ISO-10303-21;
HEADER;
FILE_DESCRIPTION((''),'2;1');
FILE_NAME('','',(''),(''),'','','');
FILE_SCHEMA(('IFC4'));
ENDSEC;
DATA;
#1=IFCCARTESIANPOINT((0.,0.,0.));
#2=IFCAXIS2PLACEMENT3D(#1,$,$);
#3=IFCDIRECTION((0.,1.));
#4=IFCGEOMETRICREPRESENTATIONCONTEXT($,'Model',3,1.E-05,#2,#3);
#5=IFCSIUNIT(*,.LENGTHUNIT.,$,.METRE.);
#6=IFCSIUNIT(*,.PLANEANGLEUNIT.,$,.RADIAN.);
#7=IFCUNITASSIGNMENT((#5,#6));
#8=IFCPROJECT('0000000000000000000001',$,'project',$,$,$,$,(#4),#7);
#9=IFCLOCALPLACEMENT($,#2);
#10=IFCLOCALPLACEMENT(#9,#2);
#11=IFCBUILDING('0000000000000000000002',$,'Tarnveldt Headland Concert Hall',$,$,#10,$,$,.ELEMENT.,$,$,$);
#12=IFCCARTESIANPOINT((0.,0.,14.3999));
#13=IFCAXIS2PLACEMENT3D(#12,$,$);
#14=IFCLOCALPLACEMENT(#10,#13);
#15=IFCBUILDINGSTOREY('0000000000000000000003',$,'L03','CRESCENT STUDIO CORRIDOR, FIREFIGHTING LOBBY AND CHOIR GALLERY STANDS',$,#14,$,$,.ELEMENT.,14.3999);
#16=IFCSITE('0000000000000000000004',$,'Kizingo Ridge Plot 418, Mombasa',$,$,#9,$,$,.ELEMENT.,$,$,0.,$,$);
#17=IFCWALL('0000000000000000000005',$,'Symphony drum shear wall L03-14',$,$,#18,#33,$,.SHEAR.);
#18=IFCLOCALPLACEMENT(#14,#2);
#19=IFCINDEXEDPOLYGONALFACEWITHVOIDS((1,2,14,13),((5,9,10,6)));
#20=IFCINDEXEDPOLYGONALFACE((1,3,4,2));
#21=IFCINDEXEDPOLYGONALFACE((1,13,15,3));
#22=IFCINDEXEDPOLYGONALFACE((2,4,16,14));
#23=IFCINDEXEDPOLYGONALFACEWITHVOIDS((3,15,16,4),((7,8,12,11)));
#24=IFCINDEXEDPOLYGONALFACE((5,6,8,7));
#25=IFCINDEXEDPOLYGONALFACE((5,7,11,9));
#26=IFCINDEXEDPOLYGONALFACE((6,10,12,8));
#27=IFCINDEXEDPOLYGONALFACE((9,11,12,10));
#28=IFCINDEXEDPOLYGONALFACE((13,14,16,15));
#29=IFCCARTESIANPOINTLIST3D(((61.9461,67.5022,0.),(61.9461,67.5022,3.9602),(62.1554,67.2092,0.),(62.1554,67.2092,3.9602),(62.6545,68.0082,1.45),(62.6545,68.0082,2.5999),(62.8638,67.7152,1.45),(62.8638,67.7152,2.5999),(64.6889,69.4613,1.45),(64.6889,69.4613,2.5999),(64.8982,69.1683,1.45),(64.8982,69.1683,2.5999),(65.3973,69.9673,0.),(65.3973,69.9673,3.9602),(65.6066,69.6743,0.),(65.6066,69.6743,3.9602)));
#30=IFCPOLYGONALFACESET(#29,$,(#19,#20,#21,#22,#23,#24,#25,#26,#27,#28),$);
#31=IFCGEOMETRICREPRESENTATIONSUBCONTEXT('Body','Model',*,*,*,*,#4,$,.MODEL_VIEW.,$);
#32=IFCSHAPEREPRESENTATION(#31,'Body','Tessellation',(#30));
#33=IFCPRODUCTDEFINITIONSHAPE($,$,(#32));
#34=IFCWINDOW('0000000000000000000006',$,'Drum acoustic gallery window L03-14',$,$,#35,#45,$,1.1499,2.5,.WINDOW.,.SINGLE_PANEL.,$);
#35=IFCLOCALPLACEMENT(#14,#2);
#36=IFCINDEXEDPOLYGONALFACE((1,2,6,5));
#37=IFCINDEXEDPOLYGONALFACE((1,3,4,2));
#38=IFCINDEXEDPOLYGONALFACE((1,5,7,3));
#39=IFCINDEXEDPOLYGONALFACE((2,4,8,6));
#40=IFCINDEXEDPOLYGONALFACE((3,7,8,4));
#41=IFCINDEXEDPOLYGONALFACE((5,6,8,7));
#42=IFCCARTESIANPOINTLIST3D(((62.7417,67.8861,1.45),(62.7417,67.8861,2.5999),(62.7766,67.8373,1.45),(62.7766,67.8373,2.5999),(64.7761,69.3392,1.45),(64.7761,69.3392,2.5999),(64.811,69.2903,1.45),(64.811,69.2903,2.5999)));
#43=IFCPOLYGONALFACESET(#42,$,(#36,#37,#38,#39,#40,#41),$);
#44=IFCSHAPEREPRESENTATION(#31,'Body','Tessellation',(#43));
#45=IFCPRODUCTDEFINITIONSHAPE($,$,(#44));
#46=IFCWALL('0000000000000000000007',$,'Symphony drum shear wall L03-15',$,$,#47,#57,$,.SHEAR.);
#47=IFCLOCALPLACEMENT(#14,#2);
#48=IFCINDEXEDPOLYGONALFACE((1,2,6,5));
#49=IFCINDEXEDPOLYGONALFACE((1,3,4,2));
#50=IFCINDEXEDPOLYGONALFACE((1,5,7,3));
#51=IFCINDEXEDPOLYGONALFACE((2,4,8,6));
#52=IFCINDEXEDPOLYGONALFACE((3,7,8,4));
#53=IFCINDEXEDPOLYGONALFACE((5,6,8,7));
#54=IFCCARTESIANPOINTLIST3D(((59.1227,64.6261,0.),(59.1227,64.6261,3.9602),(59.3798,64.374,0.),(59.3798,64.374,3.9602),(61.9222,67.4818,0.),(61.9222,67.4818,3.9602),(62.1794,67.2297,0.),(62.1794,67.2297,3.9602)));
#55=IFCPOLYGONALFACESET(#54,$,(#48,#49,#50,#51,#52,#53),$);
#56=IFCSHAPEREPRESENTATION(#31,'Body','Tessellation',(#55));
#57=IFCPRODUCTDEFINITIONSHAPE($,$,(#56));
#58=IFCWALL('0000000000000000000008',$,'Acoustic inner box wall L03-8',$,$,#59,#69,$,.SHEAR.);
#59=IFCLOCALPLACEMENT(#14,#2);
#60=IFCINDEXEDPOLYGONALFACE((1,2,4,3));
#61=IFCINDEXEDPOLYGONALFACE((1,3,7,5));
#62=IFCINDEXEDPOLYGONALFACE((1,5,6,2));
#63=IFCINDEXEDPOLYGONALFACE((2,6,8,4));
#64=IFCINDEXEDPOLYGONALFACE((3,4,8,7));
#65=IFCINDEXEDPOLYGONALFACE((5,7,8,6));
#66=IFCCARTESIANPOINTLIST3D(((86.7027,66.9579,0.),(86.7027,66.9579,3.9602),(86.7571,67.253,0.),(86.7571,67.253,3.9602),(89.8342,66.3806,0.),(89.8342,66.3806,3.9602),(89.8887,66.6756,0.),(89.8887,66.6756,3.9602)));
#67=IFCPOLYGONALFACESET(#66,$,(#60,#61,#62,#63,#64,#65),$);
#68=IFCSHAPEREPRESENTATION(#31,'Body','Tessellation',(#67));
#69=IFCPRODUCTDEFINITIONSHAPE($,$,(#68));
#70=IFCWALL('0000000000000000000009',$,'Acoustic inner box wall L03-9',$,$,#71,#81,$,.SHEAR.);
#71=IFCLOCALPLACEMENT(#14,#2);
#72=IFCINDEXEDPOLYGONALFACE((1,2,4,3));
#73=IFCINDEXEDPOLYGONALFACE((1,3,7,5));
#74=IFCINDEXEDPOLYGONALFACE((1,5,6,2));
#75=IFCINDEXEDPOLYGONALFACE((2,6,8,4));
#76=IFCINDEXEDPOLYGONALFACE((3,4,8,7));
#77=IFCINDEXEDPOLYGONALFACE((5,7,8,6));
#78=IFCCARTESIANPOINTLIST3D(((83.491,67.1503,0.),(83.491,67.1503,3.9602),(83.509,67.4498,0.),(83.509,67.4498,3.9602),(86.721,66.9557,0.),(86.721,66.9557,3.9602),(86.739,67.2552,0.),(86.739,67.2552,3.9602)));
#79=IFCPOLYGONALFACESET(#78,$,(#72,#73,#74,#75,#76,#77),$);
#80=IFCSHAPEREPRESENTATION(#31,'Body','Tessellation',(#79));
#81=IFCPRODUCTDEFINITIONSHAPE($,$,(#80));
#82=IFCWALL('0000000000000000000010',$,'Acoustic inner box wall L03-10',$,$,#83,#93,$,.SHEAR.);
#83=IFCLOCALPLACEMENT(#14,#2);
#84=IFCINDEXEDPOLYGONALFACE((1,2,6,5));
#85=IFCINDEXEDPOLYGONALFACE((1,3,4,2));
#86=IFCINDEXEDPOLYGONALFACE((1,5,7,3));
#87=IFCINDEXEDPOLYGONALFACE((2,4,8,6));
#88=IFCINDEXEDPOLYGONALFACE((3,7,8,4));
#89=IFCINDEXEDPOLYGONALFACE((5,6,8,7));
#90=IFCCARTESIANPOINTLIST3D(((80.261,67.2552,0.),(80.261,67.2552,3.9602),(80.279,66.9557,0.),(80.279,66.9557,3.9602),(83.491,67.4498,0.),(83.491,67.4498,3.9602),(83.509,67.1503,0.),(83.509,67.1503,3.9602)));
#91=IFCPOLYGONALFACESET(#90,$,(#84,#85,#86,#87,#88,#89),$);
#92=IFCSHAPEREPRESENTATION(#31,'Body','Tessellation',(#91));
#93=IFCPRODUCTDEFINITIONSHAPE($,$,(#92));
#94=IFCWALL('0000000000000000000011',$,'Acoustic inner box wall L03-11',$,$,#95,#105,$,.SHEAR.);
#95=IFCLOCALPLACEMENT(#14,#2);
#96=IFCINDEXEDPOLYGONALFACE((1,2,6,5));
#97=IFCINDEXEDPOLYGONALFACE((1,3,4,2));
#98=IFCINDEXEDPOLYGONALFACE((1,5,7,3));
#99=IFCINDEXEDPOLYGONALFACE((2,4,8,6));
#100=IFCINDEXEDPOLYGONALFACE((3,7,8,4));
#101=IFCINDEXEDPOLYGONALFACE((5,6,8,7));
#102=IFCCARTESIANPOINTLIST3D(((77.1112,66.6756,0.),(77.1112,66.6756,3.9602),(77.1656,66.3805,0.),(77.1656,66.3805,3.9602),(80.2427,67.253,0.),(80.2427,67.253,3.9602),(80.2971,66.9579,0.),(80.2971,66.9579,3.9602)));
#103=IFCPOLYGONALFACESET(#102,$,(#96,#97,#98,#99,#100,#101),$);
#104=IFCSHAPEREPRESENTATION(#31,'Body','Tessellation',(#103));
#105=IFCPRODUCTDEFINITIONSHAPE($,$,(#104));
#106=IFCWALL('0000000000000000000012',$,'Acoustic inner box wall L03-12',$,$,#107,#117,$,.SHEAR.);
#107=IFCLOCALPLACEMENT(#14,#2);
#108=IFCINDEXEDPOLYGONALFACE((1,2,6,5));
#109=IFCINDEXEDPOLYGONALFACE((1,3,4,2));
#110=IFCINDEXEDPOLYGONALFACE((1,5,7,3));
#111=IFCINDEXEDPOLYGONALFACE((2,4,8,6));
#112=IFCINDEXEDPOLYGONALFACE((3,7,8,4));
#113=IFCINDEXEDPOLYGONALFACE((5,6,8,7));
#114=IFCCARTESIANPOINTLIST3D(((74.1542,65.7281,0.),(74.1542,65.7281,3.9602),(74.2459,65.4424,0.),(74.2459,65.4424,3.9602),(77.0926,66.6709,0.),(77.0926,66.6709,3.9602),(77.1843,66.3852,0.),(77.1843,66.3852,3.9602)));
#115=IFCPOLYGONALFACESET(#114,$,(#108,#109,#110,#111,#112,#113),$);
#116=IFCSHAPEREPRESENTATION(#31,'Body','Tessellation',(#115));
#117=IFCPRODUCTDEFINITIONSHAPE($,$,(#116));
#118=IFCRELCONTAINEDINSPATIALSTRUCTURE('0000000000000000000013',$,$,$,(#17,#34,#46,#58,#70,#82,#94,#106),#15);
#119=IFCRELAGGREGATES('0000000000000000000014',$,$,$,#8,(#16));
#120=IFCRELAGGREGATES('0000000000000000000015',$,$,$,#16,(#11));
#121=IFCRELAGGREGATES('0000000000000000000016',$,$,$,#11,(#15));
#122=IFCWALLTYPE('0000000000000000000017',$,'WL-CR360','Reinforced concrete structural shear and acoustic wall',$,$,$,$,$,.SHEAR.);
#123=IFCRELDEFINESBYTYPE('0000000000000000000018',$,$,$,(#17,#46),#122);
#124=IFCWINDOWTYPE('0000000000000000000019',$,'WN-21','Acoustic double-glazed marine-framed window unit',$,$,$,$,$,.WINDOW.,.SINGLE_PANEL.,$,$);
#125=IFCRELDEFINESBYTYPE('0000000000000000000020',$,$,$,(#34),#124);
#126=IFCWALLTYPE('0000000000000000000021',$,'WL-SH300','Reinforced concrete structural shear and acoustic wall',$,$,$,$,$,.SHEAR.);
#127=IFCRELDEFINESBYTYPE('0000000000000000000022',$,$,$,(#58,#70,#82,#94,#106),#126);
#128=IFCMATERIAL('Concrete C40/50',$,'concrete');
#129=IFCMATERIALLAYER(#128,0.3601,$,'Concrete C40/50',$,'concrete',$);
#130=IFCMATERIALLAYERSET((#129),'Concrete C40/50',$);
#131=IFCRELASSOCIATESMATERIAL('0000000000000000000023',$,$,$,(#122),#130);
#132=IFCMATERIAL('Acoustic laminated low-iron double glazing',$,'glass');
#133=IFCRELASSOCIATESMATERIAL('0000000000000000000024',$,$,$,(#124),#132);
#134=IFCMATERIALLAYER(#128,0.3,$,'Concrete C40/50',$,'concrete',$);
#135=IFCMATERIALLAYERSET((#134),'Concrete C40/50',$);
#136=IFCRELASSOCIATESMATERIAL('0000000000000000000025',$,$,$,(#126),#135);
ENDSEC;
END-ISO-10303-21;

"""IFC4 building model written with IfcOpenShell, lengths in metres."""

from ifc_helpers import new_model, si_unit, direction, frame, frame_2d, origin, place, context, subcontext, project, spatial, rectangle, extrude, material, layer, layer_set, type_object, element, fill, save


model = new_model("IFC4")

# Units and contexts
model_context = context("Model", 3, precision=1e-05, world=origin(), true_north=direction((0.0, 1.0)))
body_context = subcontext(model_context, "Body", "Model", "MODEL_VIEW")
ifc_project = project(units=[si_unit("LENGTHUNIT", "METRE"), si_unit("PLANEANGLEUNIT", "RADIAN")], contexts=[model_context])

# Site, building, storey
site_placement = place(None, origin())
site = spatial("IfcSite", under=ifc_project, at=site_placement, Name="Kizingo Ridge Plot 418, Mombasa", CompositionType="ELEMENT", RefElevation=0.0)
building_placement = place(site_placement, origin())
building = spatial("IfcBuilding", under=site, at=building_placement, Name="Tarnveldt Headland Concert Hall", CompositionType="ELEMENT")
storey_placement = place(building_placement, frame((0.0, 0.0, 14.3999)))
storey = spatial("IfcBuildingStorey", under=building, at=storey_placement, Name="L03", Description="CRESCENT STUDIO CORRIDOR, FIREFIGHTING LOBBY AND CHOIR GALLERY STANDS", CompositionType="ELEMENT", Elevation=14.3999)

# Shared definitions
ifc_material_1 = material(Name="Concrete C40/50", Category="concrete")

# Shared definitions
ifc_layer_1 = layer(ifc_material_1, 0.3601, Name="Concrete C40/50", Category="concrete")
ifc_layer_set_1 = layer_set([ifc_layer_1], Name="Concrete C40/50")
wall_type_1 = type_object("IfcWallType", Name="WL-CR360", Description="Reinforced concrete structural shear and acoustic wall", PredefinedType="SHEAR", material=ifc_layer_set_1)

# Wall, opening, window
wall_1_placement = place(storey_placement, frame((65.502, 69.8208, 0.0), z_axis=(0.0, 0.0, 1.0), x_axis=(-0.813737, -0.581233, 0.0)))
wall_1 = element("IfcWall", 1, at=wall_1_placement, inside=storey, type_object=wall_type_1, Name="Symphony drum shear wall L03-14", PredefinedType="SHEAR", context=body_context, shape_type="SweptSolid", body=[
    extrude(rectangle(XDim=4.2412, YDim=0.3601, at=frame_2d((2.1206, 0.0))), origin(), (0.0, 0.0, 1.0), 3.9602),
])
opening_1_placement = place(wall_1_placement, frame((0.8706, 0.0, 1.45)))
opening_1 = element("IfcOpeningElement", 2, at=opening_1_placement, cuts=wall_1, PredefinedType="OPENING", context=body_context, shape_type="SweptSolid", body=[
    extrude(rectangle(XDim=2.5, YDim=1.1499, at=frame_2d((1.25, 0.575))), frame((0.0, 0.1899, 0.0), z_axis=(0.0, -1.0, 0.0), x_axis=(1.0, 0.0, 0.0)), (0.0, 0.0, 1.0), 0.3801),
])
ifc_material_2 = material(Name="Acoustic laminated low-iron double glazing", Category="glass")
window_type = type_object("IfcWindowType", Name="WN-21", Description="Acoustic double-glazed marine-framed window unit", PartitioningType="SINGLE_PANEL", PredefinedType="WINDOW", material=ifc_material_2)
window_placement = place(opening_1_placement, origin())
window = element("IfcWindow", 3, at=window_placement, inside=storey, type_object=window_type, Name="Drum acoustic gallery window L03-14", OverallHeight=1.1499, OverallWidth=2.5, PartitioningType="SINGLE_PANEL", PredefinedType="WINDOW", context=body_context, shape_type="SweptSolid", body=[
    extrude(rectangle(XDim=2.5, YDim=1.1499, at=frame_2d((1.25, 0.575))), frame((0.0, 0.03, 0.0), z_axis=(0.0, -1.0, 0.0), x_axis=(1.0, 0.0, 0.0)), (0.0, 0.0, 1.0), 0.0601),
])
fill(opening_1, window)

# Walls
wall_2_placement = place(storey_placement, frame((62.0508, 67.3557, 0.0), z_axis=(0.0, 0.0, 1.0), x_axis=(-0.700051, -0.714093, 0.0)))
element("IfcWall", 4, at=wall_2_placement, inside=storey, type_object=wall_type_1, Name="Symphony drum shear wall L03-15", PredefinedType="SHEAR", context=body_context, shape_type="SweptSolid", body=[
    extrude(rectangle(XDim=3.999, YDim=0.3601, at=frame_2d((1.9995, 0.0))), origin(), (0.0, 0.0, 1.0), 3.9602),
])
ifc_layer_2 = layer(ifc_material_1, 0.3, Name="Concrete C40/50", Category="concrete")
ifc_layer_set_2 = layer_set([ifc_layer_2], Name="Concrete C40/50")
wall_type_2 = type_object("IfcWallType", Name="WL-SH300", Description="Reinforced concrete structural shear and acoustic wall", PredefinedType="SHEAR", material=ifc_layer_set_2)
wall_3_placement = place(storey_placement, frame((89.8616, 66.5281, 0.0), z_axis=(0.0, 0.0, 1.0), x_axis=(-0.983424, 0.18132, 0.0)))
element("IfcWall", 5, at=wall_3_placement, inside=storey, type_object=wall_type_2, Name="Acoustic inner box wall L03-8", PredefinedType="SHEAR", context=body_context, shape_type="SweptSolid", body=[
    extrude(rectangle(XDim=3.1843, YDim=0.3, at=frame_2d((1.5923, 0.0))), origin(), (0.0, 0.0, 1.0), 3.9602),
])
for number, where, z_axis, x_axis, name in (
    (6, (86.73, 67.1055, 0.0), (0.0, 0.0, 1.0), (-0.99819, 0.060133, 0.0), "Acoustic inner box wall L03-9"),
    (7, (83.5, 67.3, 0.0), (0.0, 0.0, 1.0), (-0.99819, -0.060133, 0.0), "Acoustic inner box wall L03-10"),
):
    element("IfcWall", number, at=place(storey_placement, frame(where, z_axis=z_axis, x_axis=x_axis)), inside=storey, type_object=wall_type_2, Name=name, PredefinedType="SHEAR", context=body_context, shape_type="SweptSolid", body=[
        extrude(rectangle(XDim=3.2358, YDim=0.3, at=frame_2d((1.6179, 0.0))), origin(), (0.0, 0.0, 1.0), 3.9602),
    ])
wall_4_placement = place(storey_placement, frame((80.27, 67.1055, 0.0), z_axis=(0.0, 0.0, 1.0), x_axis=(-0.983424, -0.18132, 0.0)))
element("IfcWall", 8, at=wall_4_placement, inside=storey, type_object=wall_type_2, Name="Acoustic inner box wall L03-11", PredefinedType="SHEAR", context=body_context, shape_type="SweptSolid", body=[
    extrude(rectangle(XDim=3.1843, YDim=0.3, at=frame_2d((1.5923, 0.0))), origin(), (0.0, 0.0, 1.0), 3.9602),
])
wall_5_placement = place(storey_placement, frame((77.1384, 66.5281, 0.0), z_axis=(0.0, 0.0, 1.0), x_axis=(-0.952183, -0.305528, 0.0)))
element("IfcWall", 9, at=wall_5_placement, inside=storey, type_object=wall_type_2, Name="Acoustic inner box wall L03-12", PredefinedType="SHEAR", context=body_context, shape_type="SweptSolid", body=[
    extrude(rectangle(XDim=3.0859, YDim=0.3, at=frame_2d((1.543, 0.0))), origin(), (0.0, 0.0, 1.0), 3.9602),
])

save(model, "model.ifc")
